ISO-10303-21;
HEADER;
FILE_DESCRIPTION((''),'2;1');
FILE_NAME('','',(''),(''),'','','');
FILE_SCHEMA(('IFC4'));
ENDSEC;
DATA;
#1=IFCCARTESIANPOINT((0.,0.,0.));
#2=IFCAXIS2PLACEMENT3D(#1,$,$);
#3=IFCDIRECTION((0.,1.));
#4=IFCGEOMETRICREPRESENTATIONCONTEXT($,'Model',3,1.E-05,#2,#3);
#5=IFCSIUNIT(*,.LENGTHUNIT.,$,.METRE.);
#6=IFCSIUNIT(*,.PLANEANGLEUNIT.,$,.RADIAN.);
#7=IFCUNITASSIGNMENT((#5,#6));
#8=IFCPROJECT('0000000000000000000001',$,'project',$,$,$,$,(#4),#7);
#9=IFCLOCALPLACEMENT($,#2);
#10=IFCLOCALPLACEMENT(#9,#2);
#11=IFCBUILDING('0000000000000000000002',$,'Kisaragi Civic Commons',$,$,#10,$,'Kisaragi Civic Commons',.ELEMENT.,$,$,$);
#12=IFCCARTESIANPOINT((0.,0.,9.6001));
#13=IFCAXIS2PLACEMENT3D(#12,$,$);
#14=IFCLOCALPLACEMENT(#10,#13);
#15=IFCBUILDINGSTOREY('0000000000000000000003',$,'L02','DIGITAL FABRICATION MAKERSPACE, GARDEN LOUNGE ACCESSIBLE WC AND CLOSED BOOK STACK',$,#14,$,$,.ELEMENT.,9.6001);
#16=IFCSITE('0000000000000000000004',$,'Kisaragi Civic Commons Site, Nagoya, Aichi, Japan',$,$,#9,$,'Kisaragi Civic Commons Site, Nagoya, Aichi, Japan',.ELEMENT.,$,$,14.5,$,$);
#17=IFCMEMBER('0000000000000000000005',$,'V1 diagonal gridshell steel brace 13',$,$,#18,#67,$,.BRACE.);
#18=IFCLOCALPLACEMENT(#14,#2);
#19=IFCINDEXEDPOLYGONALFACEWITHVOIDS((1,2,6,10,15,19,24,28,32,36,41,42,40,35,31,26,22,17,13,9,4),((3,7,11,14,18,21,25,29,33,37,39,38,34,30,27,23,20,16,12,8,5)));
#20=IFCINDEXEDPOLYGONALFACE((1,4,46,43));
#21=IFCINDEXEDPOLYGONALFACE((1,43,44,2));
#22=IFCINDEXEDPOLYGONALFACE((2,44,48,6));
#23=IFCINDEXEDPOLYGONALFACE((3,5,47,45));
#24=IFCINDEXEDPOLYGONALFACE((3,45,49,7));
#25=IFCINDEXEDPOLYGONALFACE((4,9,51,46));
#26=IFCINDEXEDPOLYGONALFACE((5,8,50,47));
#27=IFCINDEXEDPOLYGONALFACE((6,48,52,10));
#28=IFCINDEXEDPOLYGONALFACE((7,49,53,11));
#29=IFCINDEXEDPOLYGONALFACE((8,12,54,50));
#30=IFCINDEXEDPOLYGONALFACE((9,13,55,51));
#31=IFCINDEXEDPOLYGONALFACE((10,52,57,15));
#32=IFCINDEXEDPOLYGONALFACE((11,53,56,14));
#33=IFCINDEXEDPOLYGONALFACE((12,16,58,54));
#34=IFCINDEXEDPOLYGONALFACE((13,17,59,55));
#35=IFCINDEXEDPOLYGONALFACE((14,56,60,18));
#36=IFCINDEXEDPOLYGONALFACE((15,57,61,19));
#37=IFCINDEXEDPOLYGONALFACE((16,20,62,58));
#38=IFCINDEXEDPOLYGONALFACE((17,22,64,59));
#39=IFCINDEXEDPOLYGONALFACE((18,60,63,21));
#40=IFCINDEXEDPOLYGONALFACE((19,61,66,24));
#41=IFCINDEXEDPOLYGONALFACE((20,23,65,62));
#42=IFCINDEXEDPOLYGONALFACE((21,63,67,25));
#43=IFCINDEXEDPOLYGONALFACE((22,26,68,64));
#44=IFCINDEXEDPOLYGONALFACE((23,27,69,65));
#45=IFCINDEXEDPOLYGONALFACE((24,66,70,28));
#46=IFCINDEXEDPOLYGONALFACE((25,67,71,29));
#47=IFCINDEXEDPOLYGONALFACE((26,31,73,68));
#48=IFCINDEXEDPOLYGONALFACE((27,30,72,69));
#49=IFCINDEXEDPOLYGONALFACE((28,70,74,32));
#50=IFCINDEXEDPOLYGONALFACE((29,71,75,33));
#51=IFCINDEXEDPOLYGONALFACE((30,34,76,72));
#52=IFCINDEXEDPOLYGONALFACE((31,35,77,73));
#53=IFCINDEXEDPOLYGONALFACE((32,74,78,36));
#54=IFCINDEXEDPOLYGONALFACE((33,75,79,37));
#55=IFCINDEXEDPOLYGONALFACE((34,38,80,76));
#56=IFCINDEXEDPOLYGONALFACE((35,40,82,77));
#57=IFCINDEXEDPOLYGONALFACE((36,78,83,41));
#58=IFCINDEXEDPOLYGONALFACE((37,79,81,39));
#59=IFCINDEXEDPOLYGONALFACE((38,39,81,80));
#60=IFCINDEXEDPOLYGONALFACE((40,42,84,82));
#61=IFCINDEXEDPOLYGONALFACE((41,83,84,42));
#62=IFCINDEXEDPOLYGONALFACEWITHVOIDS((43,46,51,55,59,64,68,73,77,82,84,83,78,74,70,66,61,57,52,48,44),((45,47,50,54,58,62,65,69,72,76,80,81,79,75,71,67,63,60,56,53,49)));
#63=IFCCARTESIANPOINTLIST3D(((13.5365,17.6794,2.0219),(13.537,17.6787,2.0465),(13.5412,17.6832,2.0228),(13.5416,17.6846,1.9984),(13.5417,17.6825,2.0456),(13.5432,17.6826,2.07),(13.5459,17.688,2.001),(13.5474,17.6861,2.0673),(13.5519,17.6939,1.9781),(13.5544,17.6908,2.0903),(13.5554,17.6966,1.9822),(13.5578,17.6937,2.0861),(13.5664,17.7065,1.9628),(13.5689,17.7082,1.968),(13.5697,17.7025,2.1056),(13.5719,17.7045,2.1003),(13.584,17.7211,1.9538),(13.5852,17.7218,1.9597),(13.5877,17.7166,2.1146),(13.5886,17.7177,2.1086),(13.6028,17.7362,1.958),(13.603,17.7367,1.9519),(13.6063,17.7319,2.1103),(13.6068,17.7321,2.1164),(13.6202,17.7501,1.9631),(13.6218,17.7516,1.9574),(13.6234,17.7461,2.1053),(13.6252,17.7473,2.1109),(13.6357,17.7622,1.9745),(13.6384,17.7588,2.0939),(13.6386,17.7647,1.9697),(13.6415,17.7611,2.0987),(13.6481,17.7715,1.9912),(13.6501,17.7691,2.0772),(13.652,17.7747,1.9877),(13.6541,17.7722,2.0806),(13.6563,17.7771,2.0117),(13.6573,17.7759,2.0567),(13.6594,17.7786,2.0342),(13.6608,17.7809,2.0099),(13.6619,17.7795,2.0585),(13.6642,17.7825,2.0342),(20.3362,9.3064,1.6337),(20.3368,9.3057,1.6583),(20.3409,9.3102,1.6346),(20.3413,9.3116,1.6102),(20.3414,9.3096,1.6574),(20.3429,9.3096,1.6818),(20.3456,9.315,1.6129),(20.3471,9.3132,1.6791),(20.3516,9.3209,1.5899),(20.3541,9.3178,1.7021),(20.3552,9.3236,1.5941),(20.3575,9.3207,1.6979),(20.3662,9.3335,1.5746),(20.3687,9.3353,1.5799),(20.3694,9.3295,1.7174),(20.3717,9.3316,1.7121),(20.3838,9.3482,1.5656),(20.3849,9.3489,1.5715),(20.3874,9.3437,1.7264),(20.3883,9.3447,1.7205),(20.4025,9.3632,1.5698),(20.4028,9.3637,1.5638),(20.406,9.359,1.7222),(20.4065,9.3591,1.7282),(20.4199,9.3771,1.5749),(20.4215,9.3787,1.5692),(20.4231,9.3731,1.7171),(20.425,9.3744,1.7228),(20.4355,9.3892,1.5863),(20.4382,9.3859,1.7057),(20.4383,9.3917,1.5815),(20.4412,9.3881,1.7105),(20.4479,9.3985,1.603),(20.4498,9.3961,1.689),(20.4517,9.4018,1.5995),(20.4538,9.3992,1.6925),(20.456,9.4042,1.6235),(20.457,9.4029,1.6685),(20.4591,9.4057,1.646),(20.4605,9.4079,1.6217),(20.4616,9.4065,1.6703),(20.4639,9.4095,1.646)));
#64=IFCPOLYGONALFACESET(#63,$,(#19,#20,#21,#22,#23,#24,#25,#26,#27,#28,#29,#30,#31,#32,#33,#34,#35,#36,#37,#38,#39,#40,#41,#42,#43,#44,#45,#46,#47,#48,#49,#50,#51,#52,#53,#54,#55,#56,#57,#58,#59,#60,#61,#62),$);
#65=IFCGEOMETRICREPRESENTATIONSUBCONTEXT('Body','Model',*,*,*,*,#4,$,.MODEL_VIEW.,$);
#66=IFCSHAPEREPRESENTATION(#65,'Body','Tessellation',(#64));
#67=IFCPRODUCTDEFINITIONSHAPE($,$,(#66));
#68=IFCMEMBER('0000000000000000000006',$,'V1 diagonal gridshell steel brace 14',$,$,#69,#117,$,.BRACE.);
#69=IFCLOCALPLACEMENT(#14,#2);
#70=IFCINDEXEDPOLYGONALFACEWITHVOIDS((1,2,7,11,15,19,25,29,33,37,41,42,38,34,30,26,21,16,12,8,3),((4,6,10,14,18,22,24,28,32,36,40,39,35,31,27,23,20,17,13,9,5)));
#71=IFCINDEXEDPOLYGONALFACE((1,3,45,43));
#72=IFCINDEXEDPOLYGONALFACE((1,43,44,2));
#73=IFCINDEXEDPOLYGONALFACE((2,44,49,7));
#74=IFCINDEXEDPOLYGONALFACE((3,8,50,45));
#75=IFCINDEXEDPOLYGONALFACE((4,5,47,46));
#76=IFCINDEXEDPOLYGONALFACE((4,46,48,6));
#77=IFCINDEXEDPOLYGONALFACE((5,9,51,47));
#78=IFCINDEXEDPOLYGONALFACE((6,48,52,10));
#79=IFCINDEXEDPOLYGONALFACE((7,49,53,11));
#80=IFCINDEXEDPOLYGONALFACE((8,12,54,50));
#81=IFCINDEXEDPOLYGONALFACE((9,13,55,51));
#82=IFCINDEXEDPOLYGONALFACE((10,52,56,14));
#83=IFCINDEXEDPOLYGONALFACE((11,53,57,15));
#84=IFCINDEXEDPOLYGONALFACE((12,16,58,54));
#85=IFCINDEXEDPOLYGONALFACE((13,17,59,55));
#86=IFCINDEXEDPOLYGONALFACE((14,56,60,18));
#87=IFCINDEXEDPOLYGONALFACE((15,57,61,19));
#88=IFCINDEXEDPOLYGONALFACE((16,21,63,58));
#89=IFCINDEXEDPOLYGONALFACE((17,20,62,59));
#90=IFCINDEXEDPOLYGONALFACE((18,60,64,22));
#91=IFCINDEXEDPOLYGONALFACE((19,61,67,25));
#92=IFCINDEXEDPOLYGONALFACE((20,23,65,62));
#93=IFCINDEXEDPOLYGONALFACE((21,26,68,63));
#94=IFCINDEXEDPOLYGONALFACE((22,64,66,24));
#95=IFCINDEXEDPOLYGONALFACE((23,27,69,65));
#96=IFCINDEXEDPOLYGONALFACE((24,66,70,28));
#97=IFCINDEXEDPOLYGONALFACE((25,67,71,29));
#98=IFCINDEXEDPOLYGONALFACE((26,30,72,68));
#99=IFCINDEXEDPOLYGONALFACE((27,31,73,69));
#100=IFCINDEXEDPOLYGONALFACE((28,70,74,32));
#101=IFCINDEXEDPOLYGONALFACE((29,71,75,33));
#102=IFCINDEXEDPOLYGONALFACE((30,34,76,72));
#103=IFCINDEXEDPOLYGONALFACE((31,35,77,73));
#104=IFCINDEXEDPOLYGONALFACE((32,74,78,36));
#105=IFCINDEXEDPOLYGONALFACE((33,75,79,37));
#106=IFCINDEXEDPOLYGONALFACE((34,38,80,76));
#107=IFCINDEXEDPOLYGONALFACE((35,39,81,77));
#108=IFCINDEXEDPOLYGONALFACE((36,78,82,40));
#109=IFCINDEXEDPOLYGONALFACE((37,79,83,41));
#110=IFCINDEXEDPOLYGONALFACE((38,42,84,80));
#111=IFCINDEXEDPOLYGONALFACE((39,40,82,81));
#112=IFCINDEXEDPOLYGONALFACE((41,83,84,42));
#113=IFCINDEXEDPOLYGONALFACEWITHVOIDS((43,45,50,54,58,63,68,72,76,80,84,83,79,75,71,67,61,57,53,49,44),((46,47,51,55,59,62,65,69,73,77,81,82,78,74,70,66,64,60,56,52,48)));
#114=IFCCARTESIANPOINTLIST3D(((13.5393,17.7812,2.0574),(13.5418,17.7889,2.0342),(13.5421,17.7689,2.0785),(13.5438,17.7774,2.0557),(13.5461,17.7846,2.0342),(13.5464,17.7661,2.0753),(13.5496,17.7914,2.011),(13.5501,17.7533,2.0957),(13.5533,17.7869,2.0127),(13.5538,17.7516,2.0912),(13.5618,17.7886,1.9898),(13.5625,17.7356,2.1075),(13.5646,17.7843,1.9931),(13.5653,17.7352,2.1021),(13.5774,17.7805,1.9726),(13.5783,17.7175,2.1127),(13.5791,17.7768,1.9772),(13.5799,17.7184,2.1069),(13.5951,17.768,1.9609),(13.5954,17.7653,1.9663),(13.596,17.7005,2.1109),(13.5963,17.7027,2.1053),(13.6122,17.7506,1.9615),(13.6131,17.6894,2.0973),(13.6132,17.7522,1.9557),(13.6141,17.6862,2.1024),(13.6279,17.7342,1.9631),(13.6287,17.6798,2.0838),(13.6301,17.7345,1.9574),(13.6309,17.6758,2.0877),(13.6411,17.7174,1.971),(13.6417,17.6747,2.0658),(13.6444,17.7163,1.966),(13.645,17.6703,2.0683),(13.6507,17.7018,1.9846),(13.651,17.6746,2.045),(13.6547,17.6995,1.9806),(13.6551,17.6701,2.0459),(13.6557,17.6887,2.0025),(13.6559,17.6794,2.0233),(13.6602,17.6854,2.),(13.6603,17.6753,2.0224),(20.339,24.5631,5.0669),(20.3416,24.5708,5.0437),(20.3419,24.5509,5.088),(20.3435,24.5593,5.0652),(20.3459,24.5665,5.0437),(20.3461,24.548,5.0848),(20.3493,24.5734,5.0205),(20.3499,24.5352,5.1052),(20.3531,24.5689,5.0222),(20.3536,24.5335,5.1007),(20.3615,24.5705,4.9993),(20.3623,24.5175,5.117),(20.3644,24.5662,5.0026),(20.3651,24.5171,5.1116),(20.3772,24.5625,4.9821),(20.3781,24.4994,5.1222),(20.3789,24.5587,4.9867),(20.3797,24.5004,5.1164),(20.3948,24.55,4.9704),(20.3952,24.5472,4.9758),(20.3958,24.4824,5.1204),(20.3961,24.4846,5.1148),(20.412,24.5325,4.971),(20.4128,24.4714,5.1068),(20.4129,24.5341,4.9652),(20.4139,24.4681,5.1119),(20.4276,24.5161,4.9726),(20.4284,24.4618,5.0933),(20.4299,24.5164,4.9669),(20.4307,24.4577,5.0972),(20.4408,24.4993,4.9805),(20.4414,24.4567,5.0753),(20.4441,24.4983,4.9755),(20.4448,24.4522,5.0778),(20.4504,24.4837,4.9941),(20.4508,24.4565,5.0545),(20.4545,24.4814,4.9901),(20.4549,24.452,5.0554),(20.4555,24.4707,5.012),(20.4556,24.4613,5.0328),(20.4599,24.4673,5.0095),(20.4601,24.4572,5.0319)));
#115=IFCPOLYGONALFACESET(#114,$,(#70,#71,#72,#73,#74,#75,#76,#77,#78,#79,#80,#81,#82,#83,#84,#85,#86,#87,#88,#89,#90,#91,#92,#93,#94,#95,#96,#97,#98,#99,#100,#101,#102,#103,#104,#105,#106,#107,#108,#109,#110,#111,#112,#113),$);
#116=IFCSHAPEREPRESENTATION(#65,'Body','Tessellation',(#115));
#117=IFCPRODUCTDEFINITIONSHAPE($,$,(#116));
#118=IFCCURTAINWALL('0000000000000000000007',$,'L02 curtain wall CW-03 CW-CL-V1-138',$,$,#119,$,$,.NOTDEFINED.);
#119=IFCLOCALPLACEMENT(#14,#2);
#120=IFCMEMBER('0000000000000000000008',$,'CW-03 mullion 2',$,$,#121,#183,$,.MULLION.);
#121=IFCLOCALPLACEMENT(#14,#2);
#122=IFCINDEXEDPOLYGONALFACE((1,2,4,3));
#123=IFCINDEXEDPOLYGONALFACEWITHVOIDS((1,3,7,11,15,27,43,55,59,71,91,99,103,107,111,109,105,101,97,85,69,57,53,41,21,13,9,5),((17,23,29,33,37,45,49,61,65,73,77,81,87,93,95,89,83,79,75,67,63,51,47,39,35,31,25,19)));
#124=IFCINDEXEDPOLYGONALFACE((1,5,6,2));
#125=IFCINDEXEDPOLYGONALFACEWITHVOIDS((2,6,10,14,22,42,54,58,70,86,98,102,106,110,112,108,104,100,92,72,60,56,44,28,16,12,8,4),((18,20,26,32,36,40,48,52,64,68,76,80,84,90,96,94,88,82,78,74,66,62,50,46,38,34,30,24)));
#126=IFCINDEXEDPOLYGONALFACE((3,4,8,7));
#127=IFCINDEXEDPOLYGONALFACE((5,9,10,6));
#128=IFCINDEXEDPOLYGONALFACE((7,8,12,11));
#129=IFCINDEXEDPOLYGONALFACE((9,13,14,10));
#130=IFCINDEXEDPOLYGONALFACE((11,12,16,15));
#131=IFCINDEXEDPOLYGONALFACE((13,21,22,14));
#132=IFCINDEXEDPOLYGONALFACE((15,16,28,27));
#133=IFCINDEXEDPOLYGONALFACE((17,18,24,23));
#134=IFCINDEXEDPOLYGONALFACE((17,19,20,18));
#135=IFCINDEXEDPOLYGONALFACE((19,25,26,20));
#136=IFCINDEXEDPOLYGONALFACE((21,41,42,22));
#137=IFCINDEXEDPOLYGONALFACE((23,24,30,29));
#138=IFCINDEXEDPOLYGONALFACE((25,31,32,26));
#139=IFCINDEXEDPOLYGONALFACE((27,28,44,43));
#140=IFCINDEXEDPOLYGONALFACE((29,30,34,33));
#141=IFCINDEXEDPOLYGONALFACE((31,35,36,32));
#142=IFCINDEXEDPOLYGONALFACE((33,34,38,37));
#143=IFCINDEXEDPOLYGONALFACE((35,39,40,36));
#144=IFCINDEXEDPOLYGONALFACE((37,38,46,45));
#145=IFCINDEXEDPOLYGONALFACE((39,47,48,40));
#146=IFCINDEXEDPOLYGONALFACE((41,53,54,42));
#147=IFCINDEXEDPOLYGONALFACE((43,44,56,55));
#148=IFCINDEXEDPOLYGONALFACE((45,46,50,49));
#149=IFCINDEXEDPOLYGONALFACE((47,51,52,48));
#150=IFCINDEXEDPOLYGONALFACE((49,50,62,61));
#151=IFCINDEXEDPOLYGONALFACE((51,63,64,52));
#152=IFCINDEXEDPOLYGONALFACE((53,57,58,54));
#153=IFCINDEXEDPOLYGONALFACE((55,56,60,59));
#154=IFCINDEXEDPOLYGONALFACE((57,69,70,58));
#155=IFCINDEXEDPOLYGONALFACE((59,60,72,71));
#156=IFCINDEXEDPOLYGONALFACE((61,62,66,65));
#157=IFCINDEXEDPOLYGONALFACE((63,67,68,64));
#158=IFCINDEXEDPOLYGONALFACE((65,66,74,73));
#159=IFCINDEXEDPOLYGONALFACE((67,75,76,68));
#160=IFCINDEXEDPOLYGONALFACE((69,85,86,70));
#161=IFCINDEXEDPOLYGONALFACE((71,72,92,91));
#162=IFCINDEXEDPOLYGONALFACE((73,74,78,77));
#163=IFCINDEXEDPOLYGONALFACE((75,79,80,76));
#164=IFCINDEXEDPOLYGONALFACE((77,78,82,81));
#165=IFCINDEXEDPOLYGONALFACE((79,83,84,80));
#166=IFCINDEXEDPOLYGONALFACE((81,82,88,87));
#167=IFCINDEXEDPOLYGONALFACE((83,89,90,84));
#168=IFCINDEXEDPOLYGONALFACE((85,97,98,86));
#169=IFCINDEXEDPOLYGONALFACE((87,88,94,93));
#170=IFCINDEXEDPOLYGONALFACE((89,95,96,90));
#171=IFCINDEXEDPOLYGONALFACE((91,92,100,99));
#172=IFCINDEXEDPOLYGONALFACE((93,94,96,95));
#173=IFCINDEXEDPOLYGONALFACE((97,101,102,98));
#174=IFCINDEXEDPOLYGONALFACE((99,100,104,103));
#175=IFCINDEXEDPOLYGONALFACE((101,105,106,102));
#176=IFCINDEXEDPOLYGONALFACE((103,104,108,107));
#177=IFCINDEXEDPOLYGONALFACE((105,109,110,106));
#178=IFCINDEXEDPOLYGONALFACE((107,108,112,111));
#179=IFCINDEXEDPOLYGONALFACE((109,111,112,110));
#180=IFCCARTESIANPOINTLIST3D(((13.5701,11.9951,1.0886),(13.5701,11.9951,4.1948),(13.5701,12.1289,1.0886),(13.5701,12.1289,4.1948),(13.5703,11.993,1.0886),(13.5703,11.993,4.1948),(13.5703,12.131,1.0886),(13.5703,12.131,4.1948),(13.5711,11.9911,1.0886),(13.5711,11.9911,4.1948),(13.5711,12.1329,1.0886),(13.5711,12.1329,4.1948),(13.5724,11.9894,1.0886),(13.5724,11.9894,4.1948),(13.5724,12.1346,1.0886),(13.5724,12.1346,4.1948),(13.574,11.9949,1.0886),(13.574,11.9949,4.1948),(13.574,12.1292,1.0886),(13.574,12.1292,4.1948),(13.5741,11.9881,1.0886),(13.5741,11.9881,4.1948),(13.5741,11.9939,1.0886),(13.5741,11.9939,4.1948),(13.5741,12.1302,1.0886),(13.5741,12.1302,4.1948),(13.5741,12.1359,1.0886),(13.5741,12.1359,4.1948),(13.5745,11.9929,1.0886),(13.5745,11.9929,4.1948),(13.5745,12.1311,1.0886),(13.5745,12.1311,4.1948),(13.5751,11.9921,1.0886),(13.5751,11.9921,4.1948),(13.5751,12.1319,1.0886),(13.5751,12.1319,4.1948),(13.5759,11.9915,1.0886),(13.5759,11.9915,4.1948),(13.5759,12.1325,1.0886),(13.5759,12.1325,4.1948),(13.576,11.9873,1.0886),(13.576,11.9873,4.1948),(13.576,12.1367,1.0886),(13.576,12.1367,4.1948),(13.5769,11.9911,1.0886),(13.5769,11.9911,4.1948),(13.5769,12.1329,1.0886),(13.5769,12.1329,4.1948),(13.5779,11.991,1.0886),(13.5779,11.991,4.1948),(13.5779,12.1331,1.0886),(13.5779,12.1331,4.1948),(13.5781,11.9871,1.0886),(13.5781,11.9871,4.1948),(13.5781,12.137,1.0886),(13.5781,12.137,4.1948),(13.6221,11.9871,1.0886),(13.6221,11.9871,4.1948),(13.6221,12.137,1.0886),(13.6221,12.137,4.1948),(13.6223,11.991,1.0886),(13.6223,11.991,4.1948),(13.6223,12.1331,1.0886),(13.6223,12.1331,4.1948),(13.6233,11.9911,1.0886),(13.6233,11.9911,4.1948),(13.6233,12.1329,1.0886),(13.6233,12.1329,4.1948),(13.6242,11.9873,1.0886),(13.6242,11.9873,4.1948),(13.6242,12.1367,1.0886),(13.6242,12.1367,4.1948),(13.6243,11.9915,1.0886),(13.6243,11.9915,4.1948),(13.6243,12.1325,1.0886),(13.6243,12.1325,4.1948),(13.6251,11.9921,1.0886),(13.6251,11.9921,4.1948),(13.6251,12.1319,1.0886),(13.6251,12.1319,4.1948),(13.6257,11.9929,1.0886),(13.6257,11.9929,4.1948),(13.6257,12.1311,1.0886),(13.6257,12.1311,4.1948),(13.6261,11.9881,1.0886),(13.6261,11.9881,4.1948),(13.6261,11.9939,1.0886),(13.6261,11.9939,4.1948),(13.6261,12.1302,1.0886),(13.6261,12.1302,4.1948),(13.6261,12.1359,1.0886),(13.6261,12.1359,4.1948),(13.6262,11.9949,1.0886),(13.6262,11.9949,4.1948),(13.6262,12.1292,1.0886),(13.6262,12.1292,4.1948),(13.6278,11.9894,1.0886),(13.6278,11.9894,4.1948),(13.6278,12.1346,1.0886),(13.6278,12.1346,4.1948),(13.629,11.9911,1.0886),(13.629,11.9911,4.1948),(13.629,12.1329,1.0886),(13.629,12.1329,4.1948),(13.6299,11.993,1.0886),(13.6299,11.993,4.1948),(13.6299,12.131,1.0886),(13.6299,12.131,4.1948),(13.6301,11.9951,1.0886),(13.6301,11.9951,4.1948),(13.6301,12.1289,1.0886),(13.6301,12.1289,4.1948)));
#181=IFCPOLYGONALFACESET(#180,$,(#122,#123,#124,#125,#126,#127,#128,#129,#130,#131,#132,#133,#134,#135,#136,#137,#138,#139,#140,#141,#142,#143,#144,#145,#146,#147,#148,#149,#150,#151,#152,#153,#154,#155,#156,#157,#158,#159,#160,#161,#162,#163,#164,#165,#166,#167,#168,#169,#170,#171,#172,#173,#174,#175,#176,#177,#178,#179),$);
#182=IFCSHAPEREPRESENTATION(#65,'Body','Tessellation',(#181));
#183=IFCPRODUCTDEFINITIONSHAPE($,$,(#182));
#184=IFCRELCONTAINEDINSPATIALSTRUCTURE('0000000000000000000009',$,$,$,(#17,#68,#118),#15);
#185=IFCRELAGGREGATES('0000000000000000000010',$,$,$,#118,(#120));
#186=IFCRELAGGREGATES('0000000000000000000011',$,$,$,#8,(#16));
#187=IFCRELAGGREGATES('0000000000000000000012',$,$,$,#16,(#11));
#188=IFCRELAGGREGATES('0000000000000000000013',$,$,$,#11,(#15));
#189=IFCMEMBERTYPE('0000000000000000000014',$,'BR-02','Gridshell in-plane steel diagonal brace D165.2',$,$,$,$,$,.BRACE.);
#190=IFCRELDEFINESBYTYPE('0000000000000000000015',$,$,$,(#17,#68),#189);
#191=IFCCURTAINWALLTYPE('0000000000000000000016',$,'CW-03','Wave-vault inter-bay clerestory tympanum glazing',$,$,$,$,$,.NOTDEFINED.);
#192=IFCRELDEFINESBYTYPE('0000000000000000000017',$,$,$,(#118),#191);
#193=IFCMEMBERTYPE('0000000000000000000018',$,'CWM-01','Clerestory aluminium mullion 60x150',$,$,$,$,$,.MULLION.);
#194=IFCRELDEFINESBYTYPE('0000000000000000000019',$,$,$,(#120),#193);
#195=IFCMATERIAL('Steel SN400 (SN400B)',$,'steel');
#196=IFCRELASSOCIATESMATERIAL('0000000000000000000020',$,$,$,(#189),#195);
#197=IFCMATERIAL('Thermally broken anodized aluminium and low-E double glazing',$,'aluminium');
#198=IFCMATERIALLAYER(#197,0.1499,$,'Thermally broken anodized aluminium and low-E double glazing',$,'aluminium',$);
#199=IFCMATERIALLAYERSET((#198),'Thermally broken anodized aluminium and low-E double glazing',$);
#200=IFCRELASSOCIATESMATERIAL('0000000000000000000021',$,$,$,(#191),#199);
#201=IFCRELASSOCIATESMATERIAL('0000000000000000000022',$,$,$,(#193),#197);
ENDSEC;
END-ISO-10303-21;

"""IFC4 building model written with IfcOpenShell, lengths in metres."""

from ifc_helpers import new_model, si_unit, direction, frame, origin, origin_2d, place, context, subcontext, project, spatial, hollow_rectangle, hollow_circle, extrude, material, layer, layer_set, material_profile, profile_set, type_object, element, aggregate, save


model = new_model("IFC4")

# Units and contexts
model_context = context("Model", 3, precision=1e-05, world=origin(), true_north=direction((0.0, 1.0)))
body_context = subcontext(model_context, "Body", "Model", "MODEL_VIEW")
ifc_project = project(units=[si_unit("LENGTHUNIT", "METRE"), si_unit("PLANEANGLEUNIT", "RADIAN")], contexts=[model_context])

# Site, building, storey
site_placement = place(None, origin())
site = spatial("IfcSite", under=ifc_project, at=site_placement, Name="Kisaragi Civic Commons Site, Nagoya, Aichi, Japan", LongName="Kisaragi Civic Commons Site, Nagoya, Aichi, Japan", CompositionType="ELEMENT", RefElevation=14.5)
building_placement = place(site_placement, origin())
building = spatial("IfcBuilding", under=site, at=building_placement, Name="Kisaragi Civic Commons", LongName="Kisaragi Civic Commons", CompositionType="ELEMENT")
storey_placement = place(building_placement, frame((0.0, 0.0, 9.6001)))
storey = spatial("IfcBuildingStorey", under=building, at=storey_placement, Name="L02", Description="DIGITAL FABRICATION MAKERSPACE, GARDEN LOUNGE ACCESSIBLE WC AND CLOSED BOOK STACK", CompositionType="ELEMENT", Elevation=9.6001)

# Members
ifc_material_1 = material(Name="Steel SN400 (SN400B)", Category="steel")
ifc_material_profile_1 = material_profile(ifc_material_1, hollow_circle(Radius=0.0825, WallThickness=0.0061, at=origin_2d()), Name="CHS-165.2x6.0", Category="steel")
ifc_profile_set_1 = profile_set([ifc_material_profile_1], Name="Steel SN400 (SN400B)")
member_type_1 = type_object("IfcMemberType", Name="BR-02", Description="Gridshell in-plane steel diagonal brace D165.2", PredefinedType="BRACE", material=ifc_profile_set_1)
member_1_placement = place(storey_placement, frame((13.6001, 17.7305, 2.0342), z_axis=(0.630001, -0.775761, -0.035965), x_axis=(0.776264, 0.630409, 0.0)))
element("IfcMember", 1, at=member_1_placement, inside=storey, type_object=member_type_1, Name="V1 diagonal gridshell steel brace 13", PredefinedType="BRACE", context=body_context, shape_type="SweptSolid", body=[
    extrude(hollow_circle(Radius=0.0825, WallThickness=0.0061, at=origin_2d()), origin(), (0.0, 0.0, 1.0), 10.7932),
])
member_2_placement = place(storey_placement, frame((13.6001, 17.7305, 2.0342), z_axis=(0.675637, 0.673866, 0.29903), x_axis=(-0.706178, 0.708034, 0.0)))
element("IfcMember", 2, at=member_2_placement, inside=storey, type_object=member_type_1, Name="V1 diagonal gridshell steel brace 14", PredefinedType="BRACE", context=body_context, shape_type="SweptSolid", body=[
    extrude(hollow_circle(Radius=0.0825, WallThickness=0.0061, at=origin_2d()), origin(), (0.0, 0.0, 1.0), 10.0642),
])

# Curtain wall, member
ifc_material_2 = material(Name="Thermally broken anodized aluminium and low-E double glazing", Category="aluminium")
ifc_layer_1 = layer(ifc_material_2, 0.1499, Name="Thermally broken anodized aluminium and low-E double glazing", Category="aluminium")
ifc_layer_set_1 = layer_set([ifc_layer_1], Name="Thermally broken anodized aluminium and low-E double glazing")
curtain_wall_type = type_object("IfcCurtainWallType", Name="CW-03", Description="Wave-vault inter-bay clerestory tympanum glazing", PredefinedType="NOTDEFINED", material=ifc_layer_set_1)
curtain_wall_placement = place(storey_placement, origin())
curtain_wall = element("IfcCurtainWall", 3, at=curtain_wall_placement, inside=storey, type_object=curtain_wall_type, Name="L02 curtain wall CW-03 CW-CL-V1-138", PredefinedType="NOTDEFINED")
ifc_material_profile_2 = material_profile(ifc_material_2, hollow_rectangle(XDim=0.0601, YDim=0.1499, WallThickness=0.0039, InnerFilletRadius=0.0039, OuterFilletRadius=0.0081, at=origin_2d()), Name="CWM-60x150x4", Category="aluminium")
ifc_profile_set_2 = profile_set([ifc_material_profile_2], Name="Thermally broken anodized aluminium and low-E double glazing")
member_type_2 = type_object("IfcMemberType", Name="CWM-01", Description="Clerestory aluminium mullion 60x150", PredefinedType="MULLION", material=ifc_profile_set_2)
member_3_placement = place(storey_placement, frame((13.6001, 12.062, 1.0886), z_axis=(0.0, 0.0, 1.0), x_axis=(-1.0, 0.0, 0.0)))
member_3 = element("IfcMember", 4, at=member_3_placement, type_object=member_type_2, Name="CW-03 mullion 2", PredefinedType="MULLION", context=body_context, shape_type="SweptSolid", body=[
    extrude(hollow_rectangle(XDim=0.0601, YDim=0.1499, WallThickness=0.0039, InnerFilletRadius=0.0039, OuterFilletRadius=0.0081, at=origin_2d()), origin(), (0.0, 0.0, 1.0), 3.1062),
])

aggregate(curtain_wall, [member_3])

save(model, "model.ifc")
